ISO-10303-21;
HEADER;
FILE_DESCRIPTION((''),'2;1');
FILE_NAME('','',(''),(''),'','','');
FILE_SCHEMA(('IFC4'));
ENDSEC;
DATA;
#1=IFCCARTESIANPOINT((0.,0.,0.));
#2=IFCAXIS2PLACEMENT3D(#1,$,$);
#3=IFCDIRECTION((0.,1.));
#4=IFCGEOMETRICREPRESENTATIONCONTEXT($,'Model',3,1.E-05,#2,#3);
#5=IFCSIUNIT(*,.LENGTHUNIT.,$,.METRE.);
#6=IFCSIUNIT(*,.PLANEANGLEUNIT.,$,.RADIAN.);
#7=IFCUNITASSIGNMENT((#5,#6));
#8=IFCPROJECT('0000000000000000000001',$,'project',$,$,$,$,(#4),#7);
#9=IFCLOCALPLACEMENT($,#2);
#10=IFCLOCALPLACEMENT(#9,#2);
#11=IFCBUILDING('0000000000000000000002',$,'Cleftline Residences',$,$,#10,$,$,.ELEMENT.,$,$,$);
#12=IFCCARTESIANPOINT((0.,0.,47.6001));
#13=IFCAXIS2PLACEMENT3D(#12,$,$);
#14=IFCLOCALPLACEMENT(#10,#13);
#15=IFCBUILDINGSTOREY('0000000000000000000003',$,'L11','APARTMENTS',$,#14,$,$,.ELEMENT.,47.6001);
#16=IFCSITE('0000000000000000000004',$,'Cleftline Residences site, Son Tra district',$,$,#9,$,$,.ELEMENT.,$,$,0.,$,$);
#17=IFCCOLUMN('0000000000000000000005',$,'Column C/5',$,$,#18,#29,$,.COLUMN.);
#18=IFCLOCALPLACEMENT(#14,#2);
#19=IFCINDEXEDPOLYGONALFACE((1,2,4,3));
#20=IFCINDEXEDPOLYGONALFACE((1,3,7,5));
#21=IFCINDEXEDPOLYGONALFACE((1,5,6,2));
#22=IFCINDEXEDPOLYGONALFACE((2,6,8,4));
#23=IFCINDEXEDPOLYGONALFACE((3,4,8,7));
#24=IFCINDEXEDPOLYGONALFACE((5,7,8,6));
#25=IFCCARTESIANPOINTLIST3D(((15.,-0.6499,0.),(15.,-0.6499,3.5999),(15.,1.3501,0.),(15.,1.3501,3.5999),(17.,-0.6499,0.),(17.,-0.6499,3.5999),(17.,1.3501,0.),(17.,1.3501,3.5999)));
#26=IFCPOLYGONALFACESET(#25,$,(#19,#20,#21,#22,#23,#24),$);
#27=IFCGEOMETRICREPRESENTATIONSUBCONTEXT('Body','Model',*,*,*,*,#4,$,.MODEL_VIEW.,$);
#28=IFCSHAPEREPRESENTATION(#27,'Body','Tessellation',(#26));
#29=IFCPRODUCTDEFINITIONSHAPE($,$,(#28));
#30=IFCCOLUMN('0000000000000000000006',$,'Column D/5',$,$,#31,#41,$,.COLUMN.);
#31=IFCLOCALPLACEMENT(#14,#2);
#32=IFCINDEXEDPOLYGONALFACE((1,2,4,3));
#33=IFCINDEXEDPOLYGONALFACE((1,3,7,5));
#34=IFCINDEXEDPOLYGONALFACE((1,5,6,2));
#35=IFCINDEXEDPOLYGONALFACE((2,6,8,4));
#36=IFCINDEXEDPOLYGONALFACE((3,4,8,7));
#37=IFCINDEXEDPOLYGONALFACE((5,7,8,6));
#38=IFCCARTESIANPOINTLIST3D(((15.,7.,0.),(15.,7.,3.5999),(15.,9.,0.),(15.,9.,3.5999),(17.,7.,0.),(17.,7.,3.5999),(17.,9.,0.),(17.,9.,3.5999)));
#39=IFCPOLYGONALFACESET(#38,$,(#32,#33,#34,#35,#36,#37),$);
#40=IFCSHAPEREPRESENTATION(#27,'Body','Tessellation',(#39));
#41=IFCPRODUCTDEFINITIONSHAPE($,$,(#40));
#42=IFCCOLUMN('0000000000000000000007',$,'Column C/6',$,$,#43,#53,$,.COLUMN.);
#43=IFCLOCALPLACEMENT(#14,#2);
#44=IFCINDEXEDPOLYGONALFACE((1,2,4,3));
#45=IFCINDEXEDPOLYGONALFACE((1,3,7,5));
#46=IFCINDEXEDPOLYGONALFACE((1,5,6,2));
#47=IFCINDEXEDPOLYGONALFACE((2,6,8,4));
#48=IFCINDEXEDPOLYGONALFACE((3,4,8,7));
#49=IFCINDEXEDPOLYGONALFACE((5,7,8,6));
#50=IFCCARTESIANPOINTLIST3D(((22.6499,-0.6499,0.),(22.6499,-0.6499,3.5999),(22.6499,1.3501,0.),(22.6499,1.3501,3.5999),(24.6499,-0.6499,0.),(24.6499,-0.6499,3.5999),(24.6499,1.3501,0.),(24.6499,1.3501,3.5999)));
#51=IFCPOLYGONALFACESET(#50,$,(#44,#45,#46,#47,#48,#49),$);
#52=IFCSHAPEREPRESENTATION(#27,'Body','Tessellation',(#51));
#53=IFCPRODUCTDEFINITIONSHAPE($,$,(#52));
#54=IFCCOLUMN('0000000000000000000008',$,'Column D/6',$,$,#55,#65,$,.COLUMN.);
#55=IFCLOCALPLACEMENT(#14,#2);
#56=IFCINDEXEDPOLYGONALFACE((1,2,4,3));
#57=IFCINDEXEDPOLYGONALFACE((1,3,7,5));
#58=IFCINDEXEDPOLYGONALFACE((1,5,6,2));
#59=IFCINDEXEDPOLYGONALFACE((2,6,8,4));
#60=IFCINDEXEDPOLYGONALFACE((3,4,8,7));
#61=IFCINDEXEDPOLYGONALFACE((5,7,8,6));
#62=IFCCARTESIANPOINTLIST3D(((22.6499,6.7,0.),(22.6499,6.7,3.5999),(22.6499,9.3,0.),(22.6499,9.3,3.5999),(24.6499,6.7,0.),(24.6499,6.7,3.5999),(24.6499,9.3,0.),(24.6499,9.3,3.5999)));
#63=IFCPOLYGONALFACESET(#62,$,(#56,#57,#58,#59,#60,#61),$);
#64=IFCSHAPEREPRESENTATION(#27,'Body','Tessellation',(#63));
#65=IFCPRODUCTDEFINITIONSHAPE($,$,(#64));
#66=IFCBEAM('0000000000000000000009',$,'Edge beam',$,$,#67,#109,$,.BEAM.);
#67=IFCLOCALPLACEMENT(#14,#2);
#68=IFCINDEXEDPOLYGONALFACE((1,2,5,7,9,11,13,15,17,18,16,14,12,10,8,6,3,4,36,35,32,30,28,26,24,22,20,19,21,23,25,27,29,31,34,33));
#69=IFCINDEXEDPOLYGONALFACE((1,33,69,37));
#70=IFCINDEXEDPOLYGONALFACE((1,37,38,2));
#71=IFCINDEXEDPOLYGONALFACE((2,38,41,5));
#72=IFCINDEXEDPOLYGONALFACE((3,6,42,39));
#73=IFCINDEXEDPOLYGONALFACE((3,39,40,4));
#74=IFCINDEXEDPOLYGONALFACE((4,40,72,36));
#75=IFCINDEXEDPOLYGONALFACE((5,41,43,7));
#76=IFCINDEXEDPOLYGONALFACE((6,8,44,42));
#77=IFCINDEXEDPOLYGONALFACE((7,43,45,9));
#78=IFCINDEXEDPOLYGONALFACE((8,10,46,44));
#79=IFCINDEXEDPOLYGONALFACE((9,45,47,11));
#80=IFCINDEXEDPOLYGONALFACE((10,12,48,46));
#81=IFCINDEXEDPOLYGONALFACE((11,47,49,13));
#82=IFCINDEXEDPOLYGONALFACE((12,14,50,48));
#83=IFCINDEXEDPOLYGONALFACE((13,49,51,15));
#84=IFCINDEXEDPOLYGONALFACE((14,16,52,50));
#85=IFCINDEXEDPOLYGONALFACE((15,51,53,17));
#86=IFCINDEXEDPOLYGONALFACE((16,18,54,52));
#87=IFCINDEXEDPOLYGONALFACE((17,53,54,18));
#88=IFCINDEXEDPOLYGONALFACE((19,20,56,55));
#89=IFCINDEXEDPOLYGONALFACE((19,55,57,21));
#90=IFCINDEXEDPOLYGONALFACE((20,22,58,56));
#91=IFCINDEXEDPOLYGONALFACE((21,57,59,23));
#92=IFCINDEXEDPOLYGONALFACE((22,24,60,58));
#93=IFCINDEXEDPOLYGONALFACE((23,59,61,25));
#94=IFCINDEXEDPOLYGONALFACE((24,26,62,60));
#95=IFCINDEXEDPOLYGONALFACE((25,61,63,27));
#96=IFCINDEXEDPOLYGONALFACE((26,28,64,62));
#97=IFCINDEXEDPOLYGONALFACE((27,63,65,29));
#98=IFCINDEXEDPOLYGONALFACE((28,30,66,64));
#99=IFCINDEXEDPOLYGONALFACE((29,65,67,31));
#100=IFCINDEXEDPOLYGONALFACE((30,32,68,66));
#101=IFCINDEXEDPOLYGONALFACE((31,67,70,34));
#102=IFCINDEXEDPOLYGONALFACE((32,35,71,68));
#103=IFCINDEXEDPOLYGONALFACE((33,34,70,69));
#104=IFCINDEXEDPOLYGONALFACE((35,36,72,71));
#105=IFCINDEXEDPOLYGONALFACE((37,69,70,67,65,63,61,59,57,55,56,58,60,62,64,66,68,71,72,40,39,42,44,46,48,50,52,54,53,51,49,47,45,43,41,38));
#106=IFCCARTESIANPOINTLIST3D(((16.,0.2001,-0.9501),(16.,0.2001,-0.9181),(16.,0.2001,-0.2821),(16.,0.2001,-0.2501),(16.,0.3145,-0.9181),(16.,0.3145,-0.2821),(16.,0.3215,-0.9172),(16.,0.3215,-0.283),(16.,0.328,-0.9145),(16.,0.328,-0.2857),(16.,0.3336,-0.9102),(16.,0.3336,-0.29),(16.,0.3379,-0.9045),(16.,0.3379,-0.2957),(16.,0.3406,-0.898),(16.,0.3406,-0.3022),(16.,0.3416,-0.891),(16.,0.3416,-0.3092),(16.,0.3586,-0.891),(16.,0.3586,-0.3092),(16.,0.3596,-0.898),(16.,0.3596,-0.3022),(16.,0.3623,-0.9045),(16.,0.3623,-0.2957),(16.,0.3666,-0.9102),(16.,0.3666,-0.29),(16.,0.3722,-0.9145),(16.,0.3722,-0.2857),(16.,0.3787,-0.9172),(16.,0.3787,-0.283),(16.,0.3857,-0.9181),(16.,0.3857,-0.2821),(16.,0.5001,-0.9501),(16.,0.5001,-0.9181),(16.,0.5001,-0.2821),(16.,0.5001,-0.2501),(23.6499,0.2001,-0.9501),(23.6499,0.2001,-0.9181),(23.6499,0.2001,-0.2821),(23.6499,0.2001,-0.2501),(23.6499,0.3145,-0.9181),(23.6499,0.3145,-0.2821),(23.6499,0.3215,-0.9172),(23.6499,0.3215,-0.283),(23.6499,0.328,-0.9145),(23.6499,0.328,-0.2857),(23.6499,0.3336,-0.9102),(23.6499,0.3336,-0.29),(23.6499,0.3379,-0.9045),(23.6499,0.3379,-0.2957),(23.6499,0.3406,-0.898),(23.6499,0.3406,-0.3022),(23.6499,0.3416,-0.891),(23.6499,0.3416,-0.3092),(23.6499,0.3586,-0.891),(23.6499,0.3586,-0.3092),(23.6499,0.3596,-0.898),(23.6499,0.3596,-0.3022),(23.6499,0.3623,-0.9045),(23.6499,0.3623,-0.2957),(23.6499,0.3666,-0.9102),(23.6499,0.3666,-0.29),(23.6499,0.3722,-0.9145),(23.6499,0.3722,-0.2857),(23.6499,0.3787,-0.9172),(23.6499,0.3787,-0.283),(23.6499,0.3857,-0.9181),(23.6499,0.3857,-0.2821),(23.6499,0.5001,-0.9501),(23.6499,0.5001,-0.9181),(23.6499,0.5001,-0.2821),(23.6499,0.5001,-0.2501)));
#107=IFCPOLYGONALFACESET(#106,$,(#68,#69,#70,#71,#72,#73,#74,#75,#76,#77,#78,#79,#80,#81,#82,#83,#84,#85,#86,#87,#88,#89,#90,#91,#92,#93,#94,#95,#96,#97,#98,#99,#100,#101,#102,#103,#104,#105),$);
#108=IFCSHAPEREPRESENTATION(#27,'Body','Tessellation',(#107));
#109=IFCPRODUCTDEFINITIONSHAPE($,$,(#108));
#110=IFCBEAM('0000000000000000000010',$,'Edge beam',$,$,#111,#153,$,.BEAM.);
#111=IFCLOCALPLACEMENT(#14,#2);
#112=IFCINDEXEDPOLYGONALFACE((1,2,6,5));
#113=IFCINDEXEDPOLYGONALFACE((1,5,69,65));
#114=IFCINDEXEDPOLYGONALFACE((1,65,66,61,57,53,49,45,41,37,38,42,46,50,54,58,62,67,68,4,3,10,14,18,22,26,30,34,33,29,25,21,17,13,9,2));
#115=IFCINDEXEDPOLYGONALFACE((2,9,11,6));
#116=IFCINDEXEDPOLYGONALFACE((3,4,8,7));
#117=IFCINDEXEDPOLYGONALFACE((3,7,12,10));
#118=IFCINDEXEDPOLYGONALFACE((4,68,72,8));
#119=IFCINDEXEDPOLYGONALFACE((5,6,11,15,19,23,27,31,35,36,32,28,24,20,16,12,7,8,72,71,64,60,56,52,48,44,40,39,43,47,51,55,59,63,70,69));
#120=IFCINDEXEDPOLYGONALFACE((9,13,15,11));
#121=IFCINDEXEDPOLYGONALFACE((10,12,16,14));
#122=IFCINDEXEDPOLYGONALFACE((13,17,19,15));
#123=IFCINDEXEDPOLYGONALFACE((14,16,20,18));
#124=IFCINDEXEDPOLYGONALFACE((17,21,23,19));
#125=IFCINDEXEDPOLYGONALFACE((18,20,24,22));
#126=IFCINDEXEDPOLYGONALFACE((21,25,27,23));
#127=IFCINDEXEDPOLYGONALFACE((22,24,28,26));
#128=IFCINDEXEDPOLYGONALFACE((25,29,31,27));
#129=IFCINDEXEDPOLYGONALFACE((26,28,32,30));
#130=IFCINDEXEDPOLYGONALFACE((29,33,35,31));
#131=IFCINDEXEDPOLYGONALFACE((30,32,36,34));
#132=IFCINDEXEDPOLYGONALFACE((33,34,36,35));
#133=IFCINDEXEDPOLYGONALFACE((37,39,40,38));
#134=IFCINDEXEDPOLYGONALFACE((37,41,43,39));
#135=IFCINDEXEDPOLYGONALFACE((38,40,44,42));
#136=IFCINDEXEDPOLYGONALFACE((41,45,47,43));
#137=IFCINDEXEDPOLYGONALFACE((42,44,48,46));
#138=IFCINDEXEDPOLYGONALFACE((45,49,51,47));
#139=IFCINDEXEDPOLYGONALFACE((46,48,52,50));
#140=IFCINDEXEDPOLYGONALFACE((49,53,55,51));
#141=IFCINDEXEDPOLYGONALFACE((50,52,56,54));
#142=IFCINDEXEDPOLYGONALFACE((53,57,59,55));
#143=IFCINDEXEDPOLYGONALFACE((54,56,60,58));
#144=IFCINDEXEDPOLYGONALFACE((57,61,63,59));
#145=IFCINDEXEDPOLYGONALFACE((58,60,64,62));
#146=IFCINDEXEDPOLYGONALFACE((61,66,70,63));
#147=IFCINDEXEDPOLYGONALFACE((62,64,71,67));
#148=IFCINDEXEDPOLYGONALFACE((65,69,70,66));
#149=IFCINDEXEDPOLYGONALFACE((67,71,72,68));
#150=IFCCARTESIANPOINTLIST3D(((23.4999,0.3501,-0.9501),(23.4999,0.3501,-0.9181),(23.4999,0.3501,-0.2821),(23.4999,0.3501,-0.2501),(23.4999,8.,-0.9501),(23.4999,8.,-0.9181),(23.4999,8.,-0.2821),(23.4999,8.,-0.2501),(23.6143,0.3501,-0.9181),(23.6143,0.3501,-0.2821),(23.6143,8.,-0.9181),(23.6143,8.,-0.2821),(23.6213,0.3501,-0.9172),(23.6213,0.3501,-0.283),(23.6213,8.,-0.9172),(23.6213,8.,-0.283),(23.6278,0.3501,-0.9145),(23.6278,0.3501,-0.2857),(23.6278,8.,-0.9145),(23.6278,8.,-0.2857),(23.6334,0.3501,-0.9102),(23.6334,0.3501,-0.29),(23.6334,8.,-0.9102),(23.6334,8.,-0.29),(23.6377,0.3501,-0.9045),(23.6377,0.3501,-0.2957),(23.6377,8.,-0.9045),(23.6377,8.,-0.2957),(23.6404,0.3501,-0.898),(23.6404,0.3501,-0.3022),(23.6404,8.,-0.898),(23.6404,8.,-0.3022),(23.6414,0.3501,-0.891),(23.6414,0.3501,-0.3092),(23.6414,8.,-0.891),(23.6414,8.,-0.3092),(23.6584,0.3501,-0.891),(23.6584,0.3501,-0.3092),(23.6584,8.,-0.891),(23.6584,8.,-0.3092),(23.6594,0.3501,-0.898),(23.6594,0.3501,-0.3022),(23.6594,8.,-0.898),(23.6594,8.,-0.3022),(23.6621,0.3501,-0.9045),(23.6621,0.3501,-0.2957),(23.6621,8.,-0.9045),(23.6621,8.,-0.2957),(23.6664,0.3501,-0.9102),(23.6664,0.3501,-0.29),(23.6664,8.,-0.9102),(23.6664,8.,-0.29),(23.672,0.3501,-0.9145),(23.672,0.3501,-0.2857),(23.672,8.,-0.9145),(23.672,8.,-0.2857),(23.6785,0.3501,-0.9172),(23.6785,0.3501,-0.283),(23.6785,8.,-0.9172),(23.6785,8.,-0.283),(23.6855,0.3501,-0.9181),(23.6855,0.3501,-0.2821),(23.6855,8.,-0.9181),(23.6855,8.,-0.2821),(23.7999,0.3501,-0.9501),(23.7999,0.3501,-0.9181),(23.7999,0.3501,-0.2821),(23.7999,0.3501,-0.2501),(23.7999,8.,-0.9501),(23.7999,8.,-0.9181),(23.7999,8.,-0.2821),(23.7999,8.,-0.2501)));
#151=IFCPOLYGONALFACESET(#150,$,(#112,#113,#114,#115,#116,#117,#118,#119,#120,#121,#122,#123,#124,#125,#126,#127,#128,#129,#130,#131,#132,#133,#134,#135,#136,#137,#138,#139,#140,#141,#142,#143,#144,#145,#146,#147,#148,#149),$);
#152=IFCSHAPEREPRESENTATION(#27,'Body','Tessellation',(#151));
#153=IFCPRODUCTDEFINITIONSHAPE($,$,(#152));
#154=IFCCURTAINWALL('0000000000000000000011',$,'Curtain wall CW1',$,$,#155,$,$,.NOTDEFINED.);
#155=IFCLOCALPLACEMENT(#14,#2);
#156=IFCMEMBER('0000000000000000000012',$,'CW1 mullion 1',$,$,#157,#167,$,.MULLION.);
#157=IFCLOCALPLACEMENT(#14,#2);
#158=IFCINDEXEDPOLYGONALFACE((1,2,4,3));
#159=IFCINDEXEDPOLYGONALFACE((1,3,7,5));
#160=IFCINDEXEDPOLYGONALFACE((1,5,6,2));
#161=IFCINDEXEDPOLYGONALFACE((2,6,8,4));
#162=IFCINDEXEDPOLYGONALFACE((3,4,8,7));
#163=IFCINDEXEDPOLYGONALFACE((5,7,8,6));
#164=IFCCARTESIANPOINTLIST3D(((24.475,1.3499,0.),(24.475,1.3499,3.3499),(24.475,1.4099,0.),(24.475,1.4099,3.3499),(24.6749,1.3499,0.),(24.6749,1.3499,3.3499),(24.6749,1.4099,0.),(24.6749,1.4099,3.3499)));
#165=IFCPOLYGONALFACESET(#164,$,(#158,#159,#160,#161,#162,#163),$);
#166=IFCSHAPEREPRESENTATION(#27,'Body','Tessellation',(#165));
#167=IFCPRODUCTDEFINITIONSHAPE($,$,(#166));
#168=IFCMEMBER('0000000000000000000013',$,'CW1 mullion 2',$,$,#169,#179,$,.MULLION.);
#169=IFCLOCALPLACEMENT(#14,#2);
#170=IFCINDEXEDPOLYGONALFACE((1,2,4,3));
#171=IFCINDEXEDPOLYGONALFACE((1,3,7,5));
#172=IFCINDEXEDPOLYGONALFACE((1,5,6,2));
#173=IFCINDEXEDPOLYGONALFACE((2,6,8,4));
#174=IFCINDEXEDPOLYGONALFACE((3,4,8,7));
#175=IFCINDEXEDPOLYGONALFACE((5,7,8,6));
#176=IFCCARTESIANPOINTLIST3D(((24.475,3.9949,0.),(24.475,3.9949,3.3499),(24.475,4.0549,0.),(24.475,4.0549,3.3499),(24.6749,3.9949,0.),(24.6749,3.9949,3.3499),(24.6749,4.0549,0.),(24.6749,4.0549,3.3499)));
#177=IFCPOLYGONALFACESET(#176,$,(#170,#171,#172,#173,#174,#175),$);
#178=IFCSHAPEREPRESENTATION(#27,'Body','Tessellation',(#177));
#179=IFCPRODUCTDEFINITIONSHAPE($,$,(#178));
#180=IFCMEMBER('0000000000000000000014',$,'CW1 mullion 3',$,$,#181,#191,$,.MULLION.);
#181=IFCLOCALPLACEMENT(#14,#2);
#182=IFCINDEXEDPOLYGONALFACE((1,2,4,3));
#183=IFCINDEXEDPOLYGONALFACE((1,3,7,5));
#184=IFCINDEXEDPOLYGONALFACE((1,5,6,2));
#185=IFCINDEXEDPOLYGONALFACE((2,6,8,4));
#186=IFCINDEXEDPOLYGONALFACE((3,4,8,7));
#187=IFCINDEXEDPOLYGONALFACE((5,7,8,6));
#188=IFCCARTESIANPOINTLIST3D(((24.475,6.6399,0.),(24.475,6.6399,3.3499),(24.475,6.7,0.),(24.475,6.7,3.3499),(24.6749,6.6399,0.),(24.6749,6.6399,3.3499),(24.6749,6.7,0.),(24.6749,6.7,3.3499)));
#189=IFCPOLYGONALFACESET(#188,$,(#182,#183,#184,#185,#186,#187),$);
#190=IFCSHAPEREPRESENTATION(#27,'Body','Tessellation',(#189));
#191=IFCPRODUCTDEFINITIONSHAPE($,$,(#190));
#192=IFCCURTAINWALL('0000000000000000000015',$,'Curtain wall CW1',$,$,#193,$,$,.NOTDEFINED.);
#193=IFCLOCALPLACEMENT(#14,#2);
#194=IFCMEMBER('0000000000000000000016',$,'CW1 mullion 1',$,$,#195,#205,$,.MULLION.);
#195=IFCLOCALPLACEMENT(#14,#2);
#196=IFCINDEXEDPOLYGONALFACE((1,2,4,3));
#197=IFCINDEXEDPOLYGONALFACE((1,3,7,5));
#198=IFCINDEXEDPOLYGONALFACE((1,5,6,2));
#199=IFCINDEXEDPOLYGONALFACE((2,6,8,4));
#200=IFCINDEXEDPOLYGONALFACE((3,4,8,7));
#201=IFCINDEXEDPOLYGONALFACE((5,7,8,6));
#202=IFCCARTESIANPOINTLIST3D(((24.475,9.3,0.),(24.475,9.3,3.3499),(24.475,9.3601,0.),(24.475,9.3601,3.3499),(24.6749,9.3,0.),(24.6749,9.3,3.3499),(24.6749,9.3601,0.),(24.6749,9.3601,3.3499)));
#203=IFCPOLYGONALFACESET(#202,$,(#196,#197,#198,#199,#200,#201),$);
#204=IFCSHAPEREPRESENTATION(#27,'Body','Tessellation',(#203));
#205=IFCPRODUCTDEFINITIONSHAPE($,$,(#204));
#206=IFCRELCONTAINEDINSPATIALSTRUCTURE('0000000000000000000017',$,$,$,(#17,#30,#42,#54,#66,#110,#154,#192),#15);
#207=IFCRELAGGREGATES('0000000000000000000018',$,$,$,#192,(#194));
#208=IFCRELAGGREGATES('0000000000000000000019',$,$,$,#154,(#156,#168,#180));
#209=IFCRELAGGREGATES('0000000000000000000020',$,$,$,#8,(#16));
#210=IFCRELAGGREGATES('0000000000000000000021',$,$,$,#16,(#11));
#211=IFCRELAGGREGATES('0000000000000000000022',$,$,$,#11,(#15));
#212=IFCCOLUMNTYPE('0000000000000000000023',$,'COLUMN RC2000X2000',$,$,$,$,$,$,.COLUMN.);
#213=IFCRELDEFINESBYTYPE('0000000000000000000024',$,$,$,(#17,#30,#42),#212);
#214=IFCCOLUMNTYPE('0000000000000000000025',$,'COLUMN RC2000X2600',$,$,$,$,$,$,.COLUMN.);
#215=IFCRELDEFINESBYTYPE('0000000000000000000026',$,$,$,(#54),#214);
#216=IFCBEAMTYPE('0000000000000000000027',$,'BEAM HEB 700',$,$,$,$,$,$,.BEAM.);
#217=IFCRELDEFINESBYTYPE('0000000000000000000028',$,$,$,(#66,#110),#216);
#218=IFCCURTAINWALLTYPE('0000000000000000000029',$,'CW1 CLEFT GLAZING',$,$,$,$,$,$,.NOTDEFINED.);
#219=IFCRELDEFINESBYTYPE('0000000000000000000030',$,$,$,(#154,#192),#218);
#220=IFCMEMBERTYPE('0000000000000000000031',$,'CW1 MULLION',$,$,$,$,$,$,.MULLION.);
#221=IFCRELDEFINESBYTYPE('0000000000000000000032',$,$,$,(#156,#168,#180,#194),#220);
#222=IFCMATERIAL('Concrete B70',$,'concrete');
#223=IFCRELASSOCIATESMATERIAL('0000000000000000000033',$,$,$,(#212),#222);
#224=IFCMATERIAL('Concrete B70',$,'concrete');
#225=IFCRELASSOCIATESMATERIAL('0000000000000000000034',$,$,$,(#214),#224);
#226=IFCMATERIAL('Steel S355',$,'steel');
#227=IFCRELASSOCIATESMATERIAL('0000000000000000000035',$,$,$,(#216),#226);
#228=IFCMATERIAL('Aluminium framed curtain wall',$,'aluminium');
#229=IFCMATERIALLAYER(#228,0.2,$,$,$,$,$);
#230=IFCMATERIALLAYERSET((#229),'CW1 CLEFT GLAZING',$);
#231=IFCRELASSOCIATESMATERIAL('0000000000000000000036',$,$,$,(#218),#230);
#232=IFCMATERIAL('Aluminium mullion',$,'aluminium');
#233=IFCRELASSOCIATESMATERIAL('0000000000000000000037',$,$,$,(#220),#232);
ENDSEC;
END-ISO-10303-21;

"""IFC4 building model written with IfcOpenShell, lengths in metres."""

from ifc_helpers import new_model, si_unit, direction, frame, origin, origin_2d, place, context, subcontext, project, spatial, rectangle, i_section, extrude, material, layer, layer_set, material_profile, profile_set, type_object, element, aggregate, save


model = new_model("IFC4")

# Units and contexts
model_context = context("Model", 3, precision=1e-05, world=origin(), true_north=direction((0.0, 1.0)))
body_context = subcontext(model_context, "Body", "Model", "MODEL_VIEW")
ifc_project = project(units=[si_unit("LENGTHUNIT", "METRE"), si_unit("PLANEANGLEUNIT", "RADIAN")], contexts=[model_context])

# Site, building, storey
site_placement = place(None, origin())
site = spatial("IfcSite", under=ifc_project, at=site_placement, Name="Cleftline Residences site, Son Tra district", CompositionType="ELEMENT", RefElevation=0.0)
building_placement = place(site_placement, origin())
building = spatial("IfcBuilding", under=site, at=building_placement, Name="Cleftline Residences", CompositionType="ELEMENT")
storey_placement = place(building_placement, frame((0.0, 0.0, 47.6001)))
storey = spatial("IfcBuildingStorey", under=building, at=storey_placement, Name="L11", Description="APARTMENTS", CompositionType="ELEMENT", Elevation=47.6001)

# Columns
ifc_material_1 = material(Name="Concrete B70", Category="concrete")
ifc_material_profile_1 = material_profile(ifc_material_1, rectangle(XDim=2.0, YDim=2.0, at=origin_2d()))
ifc_profile_set_1 = profile_set([ifc_material_profile_1], Name="Concrete B70")
column_type_1 = type_object("IfcColumnType", Name="COLUMN RC2000X2000", PredefinedType="COLUMN", material=ifc_profile_set_1)
for number, where, z_axis, x_axis, name in (
    (1, (16.0, 0.3501, 0.0), (0.0, 0.0, 1.0), (1.0, 0.0, 0.0), "Column C/5"),
    (2, (16.0, 8.0, 0.0), (0.0, 0.0, 1.0), (1.0, 0.0, 0.0), "Column D/5"),
    (3, (23.6499, 0.3501, 0.0), (0.0, 0.0, 1.0), (1.0, 0.0, 0.0), "Column C/6"),
):
    element("IfcColumn", number, at=place(storey_placement, frame(where, z_axis=z_axis, x_axis=x_axis)), inside=storey, type_object=column_type_1, Name=name, PredefinedType="COLUMN", context=body_context, shape_type="SweptSolid", body=[
        extrude(rectangle(XDim=2.0, YDim=2.0, at=origin_2d()), origin(), (0.0, 0.0, 1.0), 3.5999),
    ])
ifc_material_2 = material(Name="Concrete B70", Category="concrete")
ifc_material_profile_2 = material_profile(ifc_material_2, rectangle(XDim=2.0, YDim=2.6001, at=origin_2d()))
ifc_profile_set_2 = profile_set([ifc_material_profile_2], Name="Concrete B70")
column_type_2 = type_object("IfcColumnType", Name="COLUMN RC2000X2600", PredefinedType="COLUMN", material=ifc_profile_set_2)
column_placement = place(storey_placement, frame((23.6499, 8.0, 0.0), z_axis=(0.0, 0.0, 1.0), x_axis=(1.0, 0.0, 0.0)))
element("IfcColumn", 4, at=column_placement, inside=storey, type_object=column_type_2, Name="Column D/6", PredefinedType="COLUMN", context=body_context, shape_type="SweptSolid", body=[
    extrude(rectangle(XDim=2.0, YDim=2.6001, at=origin_2d()), origin(), (0.0, 0.0, 1.0), 3.5999),
])

# Beams
ifc_material_3 = material(Name="Steel S355", Category="steel")
ifc_material_profile_3 = material_profile(ifc_material_3, i_section(OverallWidth=0.3, OverallDepth=0.7, WebThickness=0.0171, FlangeThickness=0.032, FilletRadius=0.0271, at=origin_2d()))
ifc_profile_set_3 = profile_set([ifc_material_profile_3], Name="Steel S355")
beam_type = type_object("IfcBeamType", Name="BEAM HEB 700", PredefinedType="BEAM", material=ifc_profile_set_3)
for number, where, z_axis, x_axis, name in (
    (5, (16.0, 0.3501, -0.6001), (1.0, 0.0, 0.0), (0.0, 1.0, 0.0), "Edge beam"),
    (6, (23.6499, 0.3501, -0.6001), (0.0, 1.0, 0.0), (-1.0, 0.0, 0.0), "Edge beam"),
):
    element("IfcBeam", number, at=place(storey_placement, frame(where, z_axis=z_axis, x_axis=x_axis)), inside=storey, type_object=beam_type, Name=name, PredefinedType="BEAM", context=body_context, shape_type="SweptSolid", body=[
        extrude(i_section(OverallWidth=0.3, OverallDepth=0.7, WebThickness=0.0171, FlangeThickness=0.032, FilletRadius=0.0271, at=origin_2d()), origin(), (0.0, 0.0, 1.0), 7.6499),
    ])

# Curtain wall, members
ifc_material_4 = material(Name="Aluminium framed curtain wall", Category="aluminium")
ifc_layer_1 = layer(ifc_material_4, 0.2)
ifc_layer_set_1 = layer_set([ifc_layer_1], Name="CW1 CLEFT GLAZING")
curtain_wall_type = type_object("IfcCurtainWallType", Name="CW1 CLEFT GLAZING", PredefinedType="NOTDEFINED", material=ifc_layer_set_1)
curtain_wall_1_placement = place(storey_placement, origin())
curtain_wall_1 = element("IfcCurtainWall", 7, at=curtain_wall_1_placement, inside=storey, type_object=curtain_wall_type, Name="Curtain wall CW1", PredefinedType="NOTDEFINED")
ifc_material_5 = material(Name="Aluminium mullion", Category="aluminium")
ifc_material_profile_4 = material_profile(ifc_material_5, rectangle(XDim=0.2, YDim=0.0601, at=origin_2d()))
ifc_profile_set_4 = profile_set([ifc_material_profile_4], Name="Aluminium mullion")
member_type_1 = type_object("IfcMemberType", Name="CW1 MULLION", PredefinedType="MULLION", material=ifc_profile_set_4)
member_1_placement = place(storey_placement, frame((24.575, 1.3799, 0.0), z_axis=(0.0, 0.0, 1.0), x_axis=(-1.0, 0.0, 0.0)))
member_1 = element("IfcMember", 8, at=member_1_placement, type_object=member_type_1, Name="CW1 mullion 1", PredefinedType="MULLION", context=body_context, shape_type="SweptSolid", body=[
    extrude(rectangle(XDim=0.2, YDim=0.0601, at=origin_2d()), origin(), (0.0, 0.0, 1.0), 3.3499),
])
member_2_placement = place(storey_placement, frame((24.575, 4.0249, 0.0), z_axis=(0.0, 0.0, 1.0), x_axis=(-1.0, 0.0, 0.0)))
member_2 = element("IfcMember", 9, at=member_2_placement, type_object=member_type_1, Name="CW1 mullion 2", PredefinedType="MULLION", context=body_context, shape_type="SweptSolid", body=[
    extrude(rectangle(XDim=0.2, YDim=0.0601, at=origin_2d()), origin(), (0.0, 0.0, 1.0), 3.3499),
])
member_3_placement = place(storey_placement, frame((24.575, 6.6699, 0.0), z_axis=(0.0, 0.0, 1.0), x_axis=(-1.0, 0.0, 0.0)))
member_3 = element("IfcMember", 10, at=member_3_placement, type_object=member_type_1, Name="CW1 mullion 3", PredefinedType="MULLION", context=body_context, shape_type="SweptSolid", body=[
    extrude(rectangle(XDim=0.2, YDim=0.0601, at=origin_2d()), origin(), (0.0, 0.0, 1.0), 3.3499),
])

# Curtain wall, member
curtain_wall_2_placement = place(storey_placement, origin())
curtain_wall_2 = element("IfcCurtainWall", 11, at=curtain_wall_2_placement, inside=storey, type_object=curtain_wall_type, Name="Curtain wall CW1", PredefinedType="NOTDEFINED")
member_4_placement = place(storey_placement, frame((24.575, 9.3301, 0.0), z_axis=(0.0, 0.0, 1.0), x_axis=(-1.0, 0.0, 0.0)))
member_4 = element("IfcMember", 12, at=member_4_placement, type_object=member_type_1, Name="CW1 mullion 1", PredefinedType="MULLION", context=body_context, shape_type="SweptSolid", body=[
    extrude(rectangle(XDim=0.2, YDim=0.0601, at=origin_2d()), origin(), (0.0, 0.0, 1.0), 3.3499),
])

aggregate(curtain_wall_2, [member_4])

aggregate(curtain_wall_1, [member_1, member_2, member_3])

save(model, "model.ifc")
